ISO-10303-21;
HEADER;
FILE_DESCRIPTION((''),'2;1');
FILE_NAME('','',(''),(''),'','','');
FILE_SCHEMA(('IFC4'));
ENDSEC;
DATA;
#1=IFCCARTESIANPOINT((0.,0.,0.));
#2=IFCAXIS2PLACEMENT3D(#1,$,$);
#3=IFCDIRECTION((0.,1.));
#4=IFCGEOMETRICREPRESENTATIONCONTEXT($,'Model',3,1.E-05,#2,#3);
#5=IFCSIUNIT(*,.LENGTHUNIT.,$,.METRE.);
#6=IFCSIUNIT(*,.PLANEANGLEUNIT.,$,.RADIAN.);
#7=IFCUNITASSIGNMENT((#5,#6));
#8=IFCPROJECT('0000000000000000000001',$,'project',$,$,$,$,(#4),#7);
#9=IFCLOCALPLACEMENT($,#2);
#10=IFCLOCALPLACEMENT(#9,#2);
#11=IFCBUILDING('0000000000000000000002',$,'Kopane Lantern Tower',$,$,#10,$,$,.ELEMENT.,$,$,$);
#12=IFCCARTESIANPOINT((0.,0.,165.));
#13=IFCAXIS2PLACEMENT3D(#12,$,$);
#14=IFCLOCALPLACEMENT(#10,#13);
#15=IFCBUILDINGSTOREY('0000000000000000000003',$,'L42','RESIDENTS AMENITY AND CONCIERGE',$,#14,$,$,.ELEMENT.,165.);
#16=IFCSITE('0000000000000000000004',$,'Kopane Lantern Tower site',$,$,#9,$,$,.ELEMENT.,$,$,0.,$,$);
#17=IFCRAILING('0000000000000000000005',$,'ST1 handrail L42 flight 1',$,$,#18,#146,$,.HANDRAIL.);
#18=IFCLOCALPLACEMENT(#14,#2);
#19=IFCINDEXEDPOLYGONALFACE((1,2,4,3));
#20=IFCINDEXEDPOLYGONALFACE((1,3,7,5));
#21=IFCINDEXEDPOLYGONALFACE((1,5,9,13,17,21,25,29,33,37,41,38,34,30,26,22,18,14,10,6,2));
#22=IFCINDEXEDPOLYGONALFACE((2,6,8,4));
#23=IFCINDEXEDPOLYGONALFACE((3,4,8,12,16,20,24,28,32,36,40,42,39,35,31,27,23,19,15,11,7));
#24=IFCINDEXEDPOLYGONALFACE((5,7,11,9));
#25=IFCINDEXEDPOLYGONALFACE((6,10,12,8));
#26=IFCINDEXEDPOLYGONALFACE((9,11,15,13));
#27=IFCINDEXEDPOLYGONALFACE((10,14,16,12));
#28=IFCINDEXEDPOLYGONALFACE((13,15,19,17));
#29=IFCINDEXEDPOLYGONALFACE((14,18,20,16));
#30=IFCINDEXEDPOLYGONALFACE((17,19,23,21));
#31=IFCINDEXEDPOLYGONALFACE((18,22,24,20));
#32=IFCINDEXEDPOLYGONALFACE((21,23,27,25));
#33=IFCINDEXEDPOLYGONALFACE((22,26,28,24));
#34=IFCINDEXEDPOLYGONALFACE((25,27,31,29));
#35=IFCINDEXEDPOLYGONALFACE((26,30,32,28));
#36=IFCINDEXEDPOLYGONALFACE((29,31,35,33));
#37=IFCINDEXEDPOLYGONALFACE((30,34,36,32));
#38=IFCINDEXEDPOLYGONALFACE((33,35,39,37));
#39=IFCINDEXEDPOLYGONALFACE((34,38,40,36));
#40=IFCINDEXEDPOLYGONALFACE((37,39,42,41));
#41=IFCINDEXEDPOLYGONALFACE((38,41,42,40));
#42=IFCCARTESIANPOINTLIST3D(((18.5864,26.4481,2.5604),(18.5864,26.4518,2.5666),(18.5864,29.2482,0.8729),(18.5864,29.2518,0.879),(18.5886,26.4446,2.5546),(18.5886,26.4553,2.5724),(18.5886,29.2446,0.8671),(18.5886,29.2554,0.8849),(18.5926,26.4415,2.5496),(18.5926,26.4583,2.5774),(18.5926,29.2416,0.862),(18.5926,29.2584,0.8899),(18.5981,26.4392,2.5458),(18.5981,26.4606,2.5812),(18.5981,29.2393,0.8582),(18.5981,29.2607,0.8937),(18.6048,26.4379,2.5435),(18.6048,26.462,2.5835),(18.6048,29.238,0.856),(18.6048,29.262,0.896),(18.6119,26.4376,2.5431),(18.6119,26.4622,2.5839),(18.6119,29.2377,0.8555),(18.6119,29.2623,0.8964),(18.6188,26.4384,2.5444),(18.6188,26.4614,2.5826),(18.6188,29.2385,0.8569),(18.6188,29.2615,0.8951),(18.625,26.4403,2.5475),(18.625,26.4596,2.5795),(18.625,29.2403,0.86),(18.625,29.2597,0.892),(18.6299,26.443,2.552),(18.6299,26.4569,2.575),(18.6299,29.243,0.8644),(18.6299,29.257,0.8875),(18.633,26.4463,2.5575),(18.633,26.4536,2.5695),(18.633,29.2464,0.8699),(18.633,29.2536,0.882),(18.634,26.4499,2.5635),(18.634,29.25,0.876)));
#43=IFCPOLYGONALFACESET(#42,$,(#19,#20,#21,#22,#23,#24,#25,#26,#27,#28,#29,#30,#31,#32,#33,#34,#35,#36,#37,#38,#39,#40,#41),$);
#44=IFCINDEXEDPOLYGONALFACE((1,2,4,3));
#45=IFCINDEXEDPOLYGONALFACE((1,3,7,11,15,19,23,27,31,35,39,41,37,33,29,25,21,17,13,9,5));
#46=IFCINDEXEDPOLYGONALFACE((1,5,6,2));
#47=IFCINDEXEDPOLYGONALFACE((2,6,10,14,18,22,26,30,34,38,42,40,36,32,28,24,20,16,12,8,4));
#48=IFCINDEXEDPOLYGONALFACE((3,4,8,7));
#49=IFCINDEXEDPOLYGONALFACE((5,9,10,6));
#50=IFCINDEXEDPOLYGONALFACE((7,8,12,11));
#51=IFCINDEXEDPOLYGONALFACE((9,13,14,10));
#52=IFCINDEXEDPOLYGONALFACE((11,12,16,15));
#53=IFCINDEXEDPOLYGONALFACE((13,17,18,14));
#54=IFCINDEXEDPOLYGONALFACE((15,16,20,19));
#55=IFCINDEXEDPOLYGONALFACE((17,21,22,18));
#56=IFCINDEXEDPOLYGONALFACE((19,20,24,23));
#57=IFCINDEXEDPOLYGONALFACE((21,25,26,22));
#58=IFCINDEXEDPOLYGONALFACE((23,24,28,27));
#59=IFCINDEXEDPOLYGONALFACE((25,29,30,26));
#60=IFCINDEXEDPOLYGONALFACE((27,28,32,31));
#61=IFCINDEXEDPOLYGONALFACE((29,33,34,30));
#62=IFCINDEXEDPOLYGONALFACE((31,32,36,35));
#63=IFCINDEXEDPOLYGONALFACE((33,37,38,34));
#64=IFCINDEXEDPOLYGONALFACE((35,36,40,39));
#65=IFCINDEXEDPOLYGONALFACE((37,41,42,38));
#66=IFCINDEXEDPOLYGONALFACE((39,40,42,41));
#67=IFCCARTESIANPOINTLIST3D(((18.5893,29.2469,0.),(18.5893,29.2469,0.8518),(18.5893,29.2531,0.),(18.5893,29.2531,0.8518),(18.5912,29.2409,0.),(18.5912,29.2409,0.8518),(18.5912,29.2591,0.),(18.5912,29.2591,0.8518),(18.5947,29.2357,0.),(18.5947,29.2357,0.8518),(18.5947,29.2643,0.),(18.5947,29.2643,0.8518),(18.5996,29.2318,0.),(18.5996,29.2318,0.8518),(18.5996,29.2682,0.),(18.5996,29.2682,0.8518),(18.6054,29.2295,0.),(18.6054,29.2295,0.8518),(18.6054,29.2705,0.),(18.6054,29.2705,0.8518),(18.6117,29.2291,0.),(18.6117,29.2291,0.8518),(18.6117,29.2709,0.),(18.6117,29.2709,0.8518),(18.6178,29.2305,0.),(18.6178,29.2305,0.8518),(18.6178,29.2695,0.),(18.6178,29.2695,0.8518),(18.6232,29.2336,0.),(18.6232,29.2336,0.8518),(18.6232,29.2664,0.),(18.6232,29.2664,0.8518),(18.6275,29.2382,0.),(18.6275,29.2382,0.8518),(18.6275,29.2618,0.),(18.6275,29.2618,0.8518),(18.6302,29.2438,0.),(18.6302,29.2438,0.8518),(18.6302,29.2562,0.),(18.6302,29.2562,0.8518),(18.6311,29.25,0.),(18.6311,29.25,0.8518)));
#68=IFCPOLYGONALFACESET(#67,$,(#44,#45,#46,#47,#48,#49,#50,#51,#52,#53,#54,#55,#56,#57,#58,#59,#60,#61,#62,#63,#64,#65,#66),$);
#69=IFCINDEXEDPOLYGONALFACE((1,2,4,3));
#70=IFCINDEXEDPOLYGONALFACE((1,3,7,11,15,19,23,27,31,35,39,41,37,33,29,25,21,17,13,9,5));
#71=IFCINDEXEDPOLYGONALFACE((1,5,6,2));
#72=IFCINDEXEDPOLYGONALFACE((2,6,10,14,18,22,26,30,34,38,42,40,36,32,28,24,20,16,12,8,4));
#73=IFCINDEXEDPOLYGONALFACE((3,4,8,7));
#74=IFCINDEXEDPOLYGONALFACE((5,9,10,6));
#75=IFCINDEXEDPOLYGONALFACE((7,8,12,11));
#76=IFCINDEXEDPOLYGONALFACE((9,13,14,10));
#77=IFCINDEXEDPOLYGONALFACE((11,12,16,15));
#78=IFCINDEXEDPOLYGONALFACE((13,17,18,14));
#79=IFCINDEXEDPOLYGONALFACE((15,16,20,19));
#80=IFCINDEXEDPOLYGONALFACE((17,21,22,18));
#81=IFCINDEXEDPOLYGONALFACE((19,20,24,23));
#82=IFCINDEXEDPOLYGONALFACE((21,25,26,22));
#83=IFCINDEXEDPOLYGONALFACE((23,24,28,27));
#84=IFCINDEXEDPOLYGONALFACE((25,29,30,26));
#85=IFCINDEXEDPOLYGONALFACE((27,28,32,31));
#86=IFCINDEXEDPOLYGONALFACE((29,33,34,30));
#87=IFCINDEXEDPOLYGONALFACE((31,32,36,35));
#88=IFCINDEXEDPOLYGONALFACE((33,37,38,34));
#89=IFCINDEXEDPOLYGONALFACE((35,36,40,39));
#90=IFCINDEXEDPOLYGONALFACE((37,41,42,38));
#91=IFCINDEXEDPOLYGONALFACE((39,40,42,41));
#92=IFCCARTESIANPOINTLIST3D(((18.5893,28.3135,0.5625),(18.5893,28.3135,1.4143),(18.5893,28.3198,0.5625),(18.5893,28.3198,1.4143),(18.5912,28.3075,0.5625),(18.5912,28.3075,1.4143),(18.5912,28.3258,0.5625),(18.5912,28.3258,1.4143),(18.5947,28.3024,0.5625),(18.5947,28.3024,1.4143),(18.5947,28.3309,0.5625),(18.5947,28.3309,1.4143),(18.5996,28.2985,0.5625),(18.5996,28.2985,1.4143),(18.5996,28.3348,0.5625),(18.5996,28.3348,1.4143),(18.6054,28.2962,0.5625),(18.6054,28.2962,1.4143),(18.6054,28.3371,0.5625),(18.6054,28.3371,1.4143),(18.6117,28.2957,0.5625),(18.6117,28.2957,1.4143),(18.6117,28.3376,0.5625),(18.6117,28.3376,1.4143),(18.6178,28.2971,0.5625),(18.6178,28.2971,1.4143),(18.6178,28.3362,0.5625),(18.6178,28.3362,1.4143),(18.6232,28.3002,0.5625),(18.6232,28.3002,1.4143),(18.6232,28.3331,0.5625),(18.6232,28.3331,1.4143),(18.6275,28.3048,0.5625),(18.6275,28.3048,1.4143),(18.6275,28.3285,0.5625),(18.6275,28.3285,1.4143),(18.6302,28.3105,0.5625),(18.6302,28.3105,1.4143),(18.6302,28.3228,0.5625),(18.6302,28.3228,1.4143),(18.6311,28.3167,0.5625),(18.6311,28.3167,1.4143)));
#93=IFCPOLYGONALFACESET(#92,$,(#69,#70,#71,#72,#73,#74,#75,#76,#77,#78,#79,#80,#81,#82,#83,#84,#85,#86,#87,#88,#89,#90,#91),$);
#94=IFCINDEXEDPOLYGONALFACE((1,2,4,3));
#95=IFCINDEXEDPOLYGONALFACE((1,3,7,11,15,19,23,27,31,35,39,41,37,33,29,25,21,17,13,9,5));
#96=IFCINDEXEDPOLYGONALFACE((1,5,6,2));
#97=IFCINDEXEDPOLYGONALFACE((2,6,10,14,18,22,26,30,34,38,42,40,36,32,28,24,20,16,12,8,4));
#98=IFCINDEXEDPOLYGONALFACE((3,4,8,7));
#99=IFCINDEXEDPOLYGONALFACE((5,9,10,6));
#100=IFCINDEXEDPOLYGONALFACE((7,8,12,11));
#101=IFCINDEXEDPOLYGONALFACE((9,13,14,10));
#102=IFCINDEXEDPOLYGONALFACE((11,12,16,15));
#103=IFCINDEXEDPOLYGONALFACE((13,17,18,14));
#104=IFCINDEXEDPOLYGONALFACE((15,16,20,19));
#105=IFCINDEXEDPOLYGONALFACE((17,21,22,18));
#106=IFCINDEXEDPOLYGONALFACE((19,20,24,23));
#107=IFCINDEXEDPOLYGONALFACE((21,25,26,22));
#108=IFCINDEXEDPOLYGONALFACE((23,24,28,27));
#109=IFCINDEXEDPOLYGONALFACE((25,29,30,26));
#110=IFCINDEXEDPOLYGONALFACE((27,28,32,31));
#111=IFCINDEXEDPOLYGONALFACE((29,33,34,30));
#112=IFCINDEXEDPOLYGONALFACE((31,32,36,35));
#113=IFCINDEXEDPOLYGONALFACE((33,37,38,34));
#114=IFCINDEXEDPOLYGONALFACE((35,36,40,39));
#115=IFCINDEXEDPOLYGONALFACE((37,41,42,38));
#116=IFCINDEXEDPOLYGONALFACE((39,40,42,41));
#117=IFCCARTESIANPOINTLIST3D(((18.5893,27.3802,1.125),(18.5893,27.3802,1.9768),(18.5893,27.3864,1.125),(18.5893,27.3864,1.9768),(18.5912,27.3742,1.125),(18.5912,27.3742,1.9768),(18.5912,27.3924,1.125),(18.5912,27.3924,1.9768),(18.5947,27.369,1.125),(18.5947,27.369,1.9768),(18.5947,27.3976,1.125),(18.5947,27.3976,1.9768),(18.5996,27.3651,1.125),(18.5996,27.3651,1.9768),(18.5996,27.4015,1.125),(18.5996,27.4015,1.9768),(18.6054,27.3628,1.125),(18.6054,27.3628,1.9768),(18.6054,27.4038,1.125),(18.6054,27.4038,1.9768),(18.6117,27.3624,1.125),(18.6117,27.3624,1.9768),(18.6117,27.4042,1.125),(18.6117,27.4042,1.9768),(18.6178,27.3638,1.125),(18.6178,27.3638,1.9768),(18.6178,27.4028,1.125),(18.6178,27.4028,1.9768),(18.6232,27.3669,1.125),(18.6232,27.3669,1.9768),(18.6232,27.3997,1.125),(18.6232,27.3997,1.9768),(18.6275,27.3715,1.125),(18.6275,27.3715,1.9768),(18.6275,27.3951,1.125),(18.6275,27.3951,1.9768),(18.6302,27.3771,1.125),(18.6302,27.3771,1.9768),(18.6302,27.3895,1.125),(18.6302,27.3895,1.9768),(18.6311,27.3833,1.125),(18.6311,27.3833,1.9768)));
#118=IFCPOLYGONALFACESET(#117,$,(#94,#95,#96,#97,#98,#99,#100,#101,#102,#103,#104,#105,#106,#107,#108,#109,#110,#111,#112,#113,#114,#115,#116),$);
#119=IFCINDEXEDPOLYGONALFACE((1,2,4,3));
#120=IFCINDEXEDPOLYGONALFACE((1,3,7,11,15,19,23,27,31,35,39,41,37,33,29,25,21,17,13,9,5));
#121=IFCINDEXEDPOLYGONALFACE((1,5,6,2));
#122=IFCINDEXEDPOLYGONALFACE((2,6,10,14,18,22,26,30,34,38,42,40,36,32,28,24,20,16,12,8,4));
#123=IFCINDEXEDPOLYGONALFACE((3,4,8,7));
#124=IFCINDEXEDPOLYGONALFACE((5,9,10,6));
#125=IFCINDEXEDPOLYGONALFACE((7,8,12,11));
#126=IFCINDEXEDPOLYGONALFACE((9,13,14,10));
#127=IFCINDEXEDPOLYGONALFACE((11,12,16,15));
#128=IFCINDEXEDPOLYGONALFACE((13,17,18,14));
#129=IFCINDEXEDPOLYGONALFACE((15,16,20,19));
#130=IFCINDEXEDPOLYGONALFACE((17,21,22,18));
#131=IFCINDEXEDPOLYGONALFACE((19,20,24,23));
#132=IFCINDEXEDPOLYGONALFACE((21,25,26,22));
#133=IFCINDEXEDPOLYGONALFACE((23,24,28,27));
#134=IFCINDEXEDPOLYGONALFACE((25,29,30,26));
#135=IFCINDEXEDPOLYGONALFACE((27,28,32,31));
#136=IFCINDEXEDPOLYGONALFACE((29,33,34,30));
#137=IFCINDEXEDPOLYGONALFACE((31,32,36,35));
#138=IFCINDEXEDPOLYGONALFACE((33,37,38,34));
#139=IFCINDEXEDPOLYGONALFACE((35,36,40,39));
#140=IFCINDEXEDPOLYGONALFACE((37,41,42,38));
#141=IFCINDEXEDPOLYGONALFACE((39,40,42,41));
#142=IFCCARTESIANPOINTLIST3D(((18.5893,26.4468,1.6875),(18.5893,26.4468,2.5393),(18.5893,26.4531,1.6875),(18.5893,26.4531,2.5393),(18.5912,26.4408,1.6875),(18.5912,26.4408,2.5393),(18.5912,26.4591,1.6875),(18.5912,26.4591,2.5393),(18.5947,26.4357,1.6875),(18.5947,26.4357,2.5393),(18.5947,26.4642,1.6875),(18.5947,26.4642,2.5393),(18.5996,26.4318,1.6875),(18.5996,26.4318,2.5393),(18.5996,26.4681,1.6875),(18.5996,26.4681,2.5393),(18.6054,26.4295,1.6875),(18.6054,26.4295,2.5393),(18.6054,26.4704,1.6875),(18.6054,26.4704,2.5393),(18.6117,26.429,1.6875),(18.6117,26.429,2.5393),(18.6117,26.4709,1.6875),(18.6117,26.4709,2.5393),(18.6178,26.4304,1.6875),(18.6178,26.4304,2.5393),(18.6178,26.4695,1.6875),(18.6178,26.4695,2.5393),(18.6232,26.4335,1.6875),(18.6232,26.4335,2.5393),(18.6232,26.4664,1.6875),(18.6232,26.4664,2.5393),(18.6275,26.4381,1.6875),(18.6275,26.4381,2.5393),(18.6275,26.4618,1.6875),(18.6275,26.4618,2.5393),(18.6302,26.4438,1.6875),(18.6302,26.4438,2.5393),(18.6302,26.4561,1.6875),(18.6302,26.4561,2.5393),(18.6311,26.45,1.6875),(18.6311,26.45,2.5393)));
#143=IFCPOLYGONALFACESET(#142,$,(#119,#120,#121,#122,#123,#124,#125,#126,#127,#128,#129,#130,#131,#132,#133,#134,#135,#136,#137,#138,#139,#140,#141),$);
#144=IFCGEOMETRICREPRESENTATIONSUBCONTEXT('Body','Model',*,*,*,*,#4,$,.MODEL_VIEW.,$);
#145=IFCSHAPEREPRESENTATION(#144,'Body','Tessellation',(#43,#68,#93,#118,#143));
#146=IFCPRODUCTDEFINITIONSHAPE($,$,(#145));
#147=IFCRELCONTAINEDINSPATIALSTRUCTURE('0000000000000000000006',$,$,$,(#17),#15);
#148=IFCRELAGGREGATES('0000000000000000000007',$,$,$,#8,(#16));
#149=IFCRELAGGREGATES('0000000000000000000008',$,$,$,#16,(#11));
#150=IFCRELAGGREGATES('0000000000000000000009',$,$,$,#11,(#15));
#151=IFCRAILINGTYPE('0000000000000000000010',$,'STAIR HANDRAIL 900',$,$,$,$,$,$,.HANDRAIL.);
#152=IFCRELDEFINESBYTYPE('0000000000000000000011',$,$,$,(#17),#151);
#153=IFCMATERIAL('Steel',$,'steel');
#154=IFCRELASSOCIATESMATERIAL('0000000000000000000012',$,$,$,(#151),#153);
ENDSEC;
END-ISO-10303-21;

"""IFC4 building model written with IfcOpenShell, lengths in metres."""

from ifc_helpers import new_model, si_unit, direction, frame, origin, origin_2d, place, context, subcontext, project, spatial, circle, extrude, material, type_object, element, save


model = new_model("IFC4")

# Units and contexts
model_context = context("Model", 3, precision=1e-05, world=origin(), true_north=direction((0.0, 1.0)))
body_context = subcontext(model_context, "Body", "Model", "MODEL_VIEW")
ifc_project = project(units=[si_unit("LENGTHUNIT", "METRE"), si_unit("PLANEANGLEUNIT", "RADIAN")], contexts=[model_context])

# Site, building, storey
site_placement = place(None, origin())
site = spatial("IfcSite", under=ifc_project, at=site_placement, Name="Kopane Lantern Tower site", CompositionType="ELEMENT", RefElevation=0.0)
building_placement = place(site_placement, origin())
building = spatial("IfcBuilding", under=site, at=building_placement, Name="Kopane Lantern Tower", CompositionType="ELEMENT")
storey_placement = place(building_placement, frame((0.0, 0.0, 165.0)))
storey = spatial("IfcBuildingStorey", under=building, at=storey_placement, Name="L42", Description="RESIDENTS AMENITY AND CONCIERGE", CompositionType="ELEMENT", Elevation=165.0)

# Railing
ifc_material_1 = material(Name="Steel", Category="steel")
railing_type_1 = type_object("IfcRailingType", Name="STAIR HANDRAIL 900", PredefinedType="HANDRAIL", material=ifc_material_1)
for number, where, name in (
    (1, (18.6101, 29.25, 0.0), "ST1 handrail L42 flight 1"),
):
    element("IfcRailing", number, at=place(storey_placement, frame(where)), inside=storey, type_object=railing_type_1, Name=name, PredefinedType="HANDRAIL", context=body_context, shape_type="SweptSolid", body=[
        extrude(circle(Radius=0.0239, at=origin_2d()), frame((0.0, 0.0, 0.876), z_axis=(0.0, -0.856483, 0.516175), x_axis=(1.0, 0.0, 0.0)), (0.0, 0.0, 1.0), 3.2693),
        extrude(circle(Radius=0.021, at=origin_2d()), origin(), (0.0, 0.0, 1.0), 0.8518),
        extrude(circle(Radius=0.021, at=origin_2d()), frame((0.0, -0.9333, 0.5625)), (0.0, 0.0, 1.0), 0.8518),
        extrude(circle(Radius=0.021, at=origin_2d()), frame((0.0, -1.8667, 1.125)), (0.0, 0.0, 1.0), 0.8518),
        extrude(circle(Radius=0.021, at=origin_2d()), frame((0.0, -2.8, 1.6875)), (0.0, 0.0, 1.0), 0.8518),
    ])

save(model, "model.ifc")
